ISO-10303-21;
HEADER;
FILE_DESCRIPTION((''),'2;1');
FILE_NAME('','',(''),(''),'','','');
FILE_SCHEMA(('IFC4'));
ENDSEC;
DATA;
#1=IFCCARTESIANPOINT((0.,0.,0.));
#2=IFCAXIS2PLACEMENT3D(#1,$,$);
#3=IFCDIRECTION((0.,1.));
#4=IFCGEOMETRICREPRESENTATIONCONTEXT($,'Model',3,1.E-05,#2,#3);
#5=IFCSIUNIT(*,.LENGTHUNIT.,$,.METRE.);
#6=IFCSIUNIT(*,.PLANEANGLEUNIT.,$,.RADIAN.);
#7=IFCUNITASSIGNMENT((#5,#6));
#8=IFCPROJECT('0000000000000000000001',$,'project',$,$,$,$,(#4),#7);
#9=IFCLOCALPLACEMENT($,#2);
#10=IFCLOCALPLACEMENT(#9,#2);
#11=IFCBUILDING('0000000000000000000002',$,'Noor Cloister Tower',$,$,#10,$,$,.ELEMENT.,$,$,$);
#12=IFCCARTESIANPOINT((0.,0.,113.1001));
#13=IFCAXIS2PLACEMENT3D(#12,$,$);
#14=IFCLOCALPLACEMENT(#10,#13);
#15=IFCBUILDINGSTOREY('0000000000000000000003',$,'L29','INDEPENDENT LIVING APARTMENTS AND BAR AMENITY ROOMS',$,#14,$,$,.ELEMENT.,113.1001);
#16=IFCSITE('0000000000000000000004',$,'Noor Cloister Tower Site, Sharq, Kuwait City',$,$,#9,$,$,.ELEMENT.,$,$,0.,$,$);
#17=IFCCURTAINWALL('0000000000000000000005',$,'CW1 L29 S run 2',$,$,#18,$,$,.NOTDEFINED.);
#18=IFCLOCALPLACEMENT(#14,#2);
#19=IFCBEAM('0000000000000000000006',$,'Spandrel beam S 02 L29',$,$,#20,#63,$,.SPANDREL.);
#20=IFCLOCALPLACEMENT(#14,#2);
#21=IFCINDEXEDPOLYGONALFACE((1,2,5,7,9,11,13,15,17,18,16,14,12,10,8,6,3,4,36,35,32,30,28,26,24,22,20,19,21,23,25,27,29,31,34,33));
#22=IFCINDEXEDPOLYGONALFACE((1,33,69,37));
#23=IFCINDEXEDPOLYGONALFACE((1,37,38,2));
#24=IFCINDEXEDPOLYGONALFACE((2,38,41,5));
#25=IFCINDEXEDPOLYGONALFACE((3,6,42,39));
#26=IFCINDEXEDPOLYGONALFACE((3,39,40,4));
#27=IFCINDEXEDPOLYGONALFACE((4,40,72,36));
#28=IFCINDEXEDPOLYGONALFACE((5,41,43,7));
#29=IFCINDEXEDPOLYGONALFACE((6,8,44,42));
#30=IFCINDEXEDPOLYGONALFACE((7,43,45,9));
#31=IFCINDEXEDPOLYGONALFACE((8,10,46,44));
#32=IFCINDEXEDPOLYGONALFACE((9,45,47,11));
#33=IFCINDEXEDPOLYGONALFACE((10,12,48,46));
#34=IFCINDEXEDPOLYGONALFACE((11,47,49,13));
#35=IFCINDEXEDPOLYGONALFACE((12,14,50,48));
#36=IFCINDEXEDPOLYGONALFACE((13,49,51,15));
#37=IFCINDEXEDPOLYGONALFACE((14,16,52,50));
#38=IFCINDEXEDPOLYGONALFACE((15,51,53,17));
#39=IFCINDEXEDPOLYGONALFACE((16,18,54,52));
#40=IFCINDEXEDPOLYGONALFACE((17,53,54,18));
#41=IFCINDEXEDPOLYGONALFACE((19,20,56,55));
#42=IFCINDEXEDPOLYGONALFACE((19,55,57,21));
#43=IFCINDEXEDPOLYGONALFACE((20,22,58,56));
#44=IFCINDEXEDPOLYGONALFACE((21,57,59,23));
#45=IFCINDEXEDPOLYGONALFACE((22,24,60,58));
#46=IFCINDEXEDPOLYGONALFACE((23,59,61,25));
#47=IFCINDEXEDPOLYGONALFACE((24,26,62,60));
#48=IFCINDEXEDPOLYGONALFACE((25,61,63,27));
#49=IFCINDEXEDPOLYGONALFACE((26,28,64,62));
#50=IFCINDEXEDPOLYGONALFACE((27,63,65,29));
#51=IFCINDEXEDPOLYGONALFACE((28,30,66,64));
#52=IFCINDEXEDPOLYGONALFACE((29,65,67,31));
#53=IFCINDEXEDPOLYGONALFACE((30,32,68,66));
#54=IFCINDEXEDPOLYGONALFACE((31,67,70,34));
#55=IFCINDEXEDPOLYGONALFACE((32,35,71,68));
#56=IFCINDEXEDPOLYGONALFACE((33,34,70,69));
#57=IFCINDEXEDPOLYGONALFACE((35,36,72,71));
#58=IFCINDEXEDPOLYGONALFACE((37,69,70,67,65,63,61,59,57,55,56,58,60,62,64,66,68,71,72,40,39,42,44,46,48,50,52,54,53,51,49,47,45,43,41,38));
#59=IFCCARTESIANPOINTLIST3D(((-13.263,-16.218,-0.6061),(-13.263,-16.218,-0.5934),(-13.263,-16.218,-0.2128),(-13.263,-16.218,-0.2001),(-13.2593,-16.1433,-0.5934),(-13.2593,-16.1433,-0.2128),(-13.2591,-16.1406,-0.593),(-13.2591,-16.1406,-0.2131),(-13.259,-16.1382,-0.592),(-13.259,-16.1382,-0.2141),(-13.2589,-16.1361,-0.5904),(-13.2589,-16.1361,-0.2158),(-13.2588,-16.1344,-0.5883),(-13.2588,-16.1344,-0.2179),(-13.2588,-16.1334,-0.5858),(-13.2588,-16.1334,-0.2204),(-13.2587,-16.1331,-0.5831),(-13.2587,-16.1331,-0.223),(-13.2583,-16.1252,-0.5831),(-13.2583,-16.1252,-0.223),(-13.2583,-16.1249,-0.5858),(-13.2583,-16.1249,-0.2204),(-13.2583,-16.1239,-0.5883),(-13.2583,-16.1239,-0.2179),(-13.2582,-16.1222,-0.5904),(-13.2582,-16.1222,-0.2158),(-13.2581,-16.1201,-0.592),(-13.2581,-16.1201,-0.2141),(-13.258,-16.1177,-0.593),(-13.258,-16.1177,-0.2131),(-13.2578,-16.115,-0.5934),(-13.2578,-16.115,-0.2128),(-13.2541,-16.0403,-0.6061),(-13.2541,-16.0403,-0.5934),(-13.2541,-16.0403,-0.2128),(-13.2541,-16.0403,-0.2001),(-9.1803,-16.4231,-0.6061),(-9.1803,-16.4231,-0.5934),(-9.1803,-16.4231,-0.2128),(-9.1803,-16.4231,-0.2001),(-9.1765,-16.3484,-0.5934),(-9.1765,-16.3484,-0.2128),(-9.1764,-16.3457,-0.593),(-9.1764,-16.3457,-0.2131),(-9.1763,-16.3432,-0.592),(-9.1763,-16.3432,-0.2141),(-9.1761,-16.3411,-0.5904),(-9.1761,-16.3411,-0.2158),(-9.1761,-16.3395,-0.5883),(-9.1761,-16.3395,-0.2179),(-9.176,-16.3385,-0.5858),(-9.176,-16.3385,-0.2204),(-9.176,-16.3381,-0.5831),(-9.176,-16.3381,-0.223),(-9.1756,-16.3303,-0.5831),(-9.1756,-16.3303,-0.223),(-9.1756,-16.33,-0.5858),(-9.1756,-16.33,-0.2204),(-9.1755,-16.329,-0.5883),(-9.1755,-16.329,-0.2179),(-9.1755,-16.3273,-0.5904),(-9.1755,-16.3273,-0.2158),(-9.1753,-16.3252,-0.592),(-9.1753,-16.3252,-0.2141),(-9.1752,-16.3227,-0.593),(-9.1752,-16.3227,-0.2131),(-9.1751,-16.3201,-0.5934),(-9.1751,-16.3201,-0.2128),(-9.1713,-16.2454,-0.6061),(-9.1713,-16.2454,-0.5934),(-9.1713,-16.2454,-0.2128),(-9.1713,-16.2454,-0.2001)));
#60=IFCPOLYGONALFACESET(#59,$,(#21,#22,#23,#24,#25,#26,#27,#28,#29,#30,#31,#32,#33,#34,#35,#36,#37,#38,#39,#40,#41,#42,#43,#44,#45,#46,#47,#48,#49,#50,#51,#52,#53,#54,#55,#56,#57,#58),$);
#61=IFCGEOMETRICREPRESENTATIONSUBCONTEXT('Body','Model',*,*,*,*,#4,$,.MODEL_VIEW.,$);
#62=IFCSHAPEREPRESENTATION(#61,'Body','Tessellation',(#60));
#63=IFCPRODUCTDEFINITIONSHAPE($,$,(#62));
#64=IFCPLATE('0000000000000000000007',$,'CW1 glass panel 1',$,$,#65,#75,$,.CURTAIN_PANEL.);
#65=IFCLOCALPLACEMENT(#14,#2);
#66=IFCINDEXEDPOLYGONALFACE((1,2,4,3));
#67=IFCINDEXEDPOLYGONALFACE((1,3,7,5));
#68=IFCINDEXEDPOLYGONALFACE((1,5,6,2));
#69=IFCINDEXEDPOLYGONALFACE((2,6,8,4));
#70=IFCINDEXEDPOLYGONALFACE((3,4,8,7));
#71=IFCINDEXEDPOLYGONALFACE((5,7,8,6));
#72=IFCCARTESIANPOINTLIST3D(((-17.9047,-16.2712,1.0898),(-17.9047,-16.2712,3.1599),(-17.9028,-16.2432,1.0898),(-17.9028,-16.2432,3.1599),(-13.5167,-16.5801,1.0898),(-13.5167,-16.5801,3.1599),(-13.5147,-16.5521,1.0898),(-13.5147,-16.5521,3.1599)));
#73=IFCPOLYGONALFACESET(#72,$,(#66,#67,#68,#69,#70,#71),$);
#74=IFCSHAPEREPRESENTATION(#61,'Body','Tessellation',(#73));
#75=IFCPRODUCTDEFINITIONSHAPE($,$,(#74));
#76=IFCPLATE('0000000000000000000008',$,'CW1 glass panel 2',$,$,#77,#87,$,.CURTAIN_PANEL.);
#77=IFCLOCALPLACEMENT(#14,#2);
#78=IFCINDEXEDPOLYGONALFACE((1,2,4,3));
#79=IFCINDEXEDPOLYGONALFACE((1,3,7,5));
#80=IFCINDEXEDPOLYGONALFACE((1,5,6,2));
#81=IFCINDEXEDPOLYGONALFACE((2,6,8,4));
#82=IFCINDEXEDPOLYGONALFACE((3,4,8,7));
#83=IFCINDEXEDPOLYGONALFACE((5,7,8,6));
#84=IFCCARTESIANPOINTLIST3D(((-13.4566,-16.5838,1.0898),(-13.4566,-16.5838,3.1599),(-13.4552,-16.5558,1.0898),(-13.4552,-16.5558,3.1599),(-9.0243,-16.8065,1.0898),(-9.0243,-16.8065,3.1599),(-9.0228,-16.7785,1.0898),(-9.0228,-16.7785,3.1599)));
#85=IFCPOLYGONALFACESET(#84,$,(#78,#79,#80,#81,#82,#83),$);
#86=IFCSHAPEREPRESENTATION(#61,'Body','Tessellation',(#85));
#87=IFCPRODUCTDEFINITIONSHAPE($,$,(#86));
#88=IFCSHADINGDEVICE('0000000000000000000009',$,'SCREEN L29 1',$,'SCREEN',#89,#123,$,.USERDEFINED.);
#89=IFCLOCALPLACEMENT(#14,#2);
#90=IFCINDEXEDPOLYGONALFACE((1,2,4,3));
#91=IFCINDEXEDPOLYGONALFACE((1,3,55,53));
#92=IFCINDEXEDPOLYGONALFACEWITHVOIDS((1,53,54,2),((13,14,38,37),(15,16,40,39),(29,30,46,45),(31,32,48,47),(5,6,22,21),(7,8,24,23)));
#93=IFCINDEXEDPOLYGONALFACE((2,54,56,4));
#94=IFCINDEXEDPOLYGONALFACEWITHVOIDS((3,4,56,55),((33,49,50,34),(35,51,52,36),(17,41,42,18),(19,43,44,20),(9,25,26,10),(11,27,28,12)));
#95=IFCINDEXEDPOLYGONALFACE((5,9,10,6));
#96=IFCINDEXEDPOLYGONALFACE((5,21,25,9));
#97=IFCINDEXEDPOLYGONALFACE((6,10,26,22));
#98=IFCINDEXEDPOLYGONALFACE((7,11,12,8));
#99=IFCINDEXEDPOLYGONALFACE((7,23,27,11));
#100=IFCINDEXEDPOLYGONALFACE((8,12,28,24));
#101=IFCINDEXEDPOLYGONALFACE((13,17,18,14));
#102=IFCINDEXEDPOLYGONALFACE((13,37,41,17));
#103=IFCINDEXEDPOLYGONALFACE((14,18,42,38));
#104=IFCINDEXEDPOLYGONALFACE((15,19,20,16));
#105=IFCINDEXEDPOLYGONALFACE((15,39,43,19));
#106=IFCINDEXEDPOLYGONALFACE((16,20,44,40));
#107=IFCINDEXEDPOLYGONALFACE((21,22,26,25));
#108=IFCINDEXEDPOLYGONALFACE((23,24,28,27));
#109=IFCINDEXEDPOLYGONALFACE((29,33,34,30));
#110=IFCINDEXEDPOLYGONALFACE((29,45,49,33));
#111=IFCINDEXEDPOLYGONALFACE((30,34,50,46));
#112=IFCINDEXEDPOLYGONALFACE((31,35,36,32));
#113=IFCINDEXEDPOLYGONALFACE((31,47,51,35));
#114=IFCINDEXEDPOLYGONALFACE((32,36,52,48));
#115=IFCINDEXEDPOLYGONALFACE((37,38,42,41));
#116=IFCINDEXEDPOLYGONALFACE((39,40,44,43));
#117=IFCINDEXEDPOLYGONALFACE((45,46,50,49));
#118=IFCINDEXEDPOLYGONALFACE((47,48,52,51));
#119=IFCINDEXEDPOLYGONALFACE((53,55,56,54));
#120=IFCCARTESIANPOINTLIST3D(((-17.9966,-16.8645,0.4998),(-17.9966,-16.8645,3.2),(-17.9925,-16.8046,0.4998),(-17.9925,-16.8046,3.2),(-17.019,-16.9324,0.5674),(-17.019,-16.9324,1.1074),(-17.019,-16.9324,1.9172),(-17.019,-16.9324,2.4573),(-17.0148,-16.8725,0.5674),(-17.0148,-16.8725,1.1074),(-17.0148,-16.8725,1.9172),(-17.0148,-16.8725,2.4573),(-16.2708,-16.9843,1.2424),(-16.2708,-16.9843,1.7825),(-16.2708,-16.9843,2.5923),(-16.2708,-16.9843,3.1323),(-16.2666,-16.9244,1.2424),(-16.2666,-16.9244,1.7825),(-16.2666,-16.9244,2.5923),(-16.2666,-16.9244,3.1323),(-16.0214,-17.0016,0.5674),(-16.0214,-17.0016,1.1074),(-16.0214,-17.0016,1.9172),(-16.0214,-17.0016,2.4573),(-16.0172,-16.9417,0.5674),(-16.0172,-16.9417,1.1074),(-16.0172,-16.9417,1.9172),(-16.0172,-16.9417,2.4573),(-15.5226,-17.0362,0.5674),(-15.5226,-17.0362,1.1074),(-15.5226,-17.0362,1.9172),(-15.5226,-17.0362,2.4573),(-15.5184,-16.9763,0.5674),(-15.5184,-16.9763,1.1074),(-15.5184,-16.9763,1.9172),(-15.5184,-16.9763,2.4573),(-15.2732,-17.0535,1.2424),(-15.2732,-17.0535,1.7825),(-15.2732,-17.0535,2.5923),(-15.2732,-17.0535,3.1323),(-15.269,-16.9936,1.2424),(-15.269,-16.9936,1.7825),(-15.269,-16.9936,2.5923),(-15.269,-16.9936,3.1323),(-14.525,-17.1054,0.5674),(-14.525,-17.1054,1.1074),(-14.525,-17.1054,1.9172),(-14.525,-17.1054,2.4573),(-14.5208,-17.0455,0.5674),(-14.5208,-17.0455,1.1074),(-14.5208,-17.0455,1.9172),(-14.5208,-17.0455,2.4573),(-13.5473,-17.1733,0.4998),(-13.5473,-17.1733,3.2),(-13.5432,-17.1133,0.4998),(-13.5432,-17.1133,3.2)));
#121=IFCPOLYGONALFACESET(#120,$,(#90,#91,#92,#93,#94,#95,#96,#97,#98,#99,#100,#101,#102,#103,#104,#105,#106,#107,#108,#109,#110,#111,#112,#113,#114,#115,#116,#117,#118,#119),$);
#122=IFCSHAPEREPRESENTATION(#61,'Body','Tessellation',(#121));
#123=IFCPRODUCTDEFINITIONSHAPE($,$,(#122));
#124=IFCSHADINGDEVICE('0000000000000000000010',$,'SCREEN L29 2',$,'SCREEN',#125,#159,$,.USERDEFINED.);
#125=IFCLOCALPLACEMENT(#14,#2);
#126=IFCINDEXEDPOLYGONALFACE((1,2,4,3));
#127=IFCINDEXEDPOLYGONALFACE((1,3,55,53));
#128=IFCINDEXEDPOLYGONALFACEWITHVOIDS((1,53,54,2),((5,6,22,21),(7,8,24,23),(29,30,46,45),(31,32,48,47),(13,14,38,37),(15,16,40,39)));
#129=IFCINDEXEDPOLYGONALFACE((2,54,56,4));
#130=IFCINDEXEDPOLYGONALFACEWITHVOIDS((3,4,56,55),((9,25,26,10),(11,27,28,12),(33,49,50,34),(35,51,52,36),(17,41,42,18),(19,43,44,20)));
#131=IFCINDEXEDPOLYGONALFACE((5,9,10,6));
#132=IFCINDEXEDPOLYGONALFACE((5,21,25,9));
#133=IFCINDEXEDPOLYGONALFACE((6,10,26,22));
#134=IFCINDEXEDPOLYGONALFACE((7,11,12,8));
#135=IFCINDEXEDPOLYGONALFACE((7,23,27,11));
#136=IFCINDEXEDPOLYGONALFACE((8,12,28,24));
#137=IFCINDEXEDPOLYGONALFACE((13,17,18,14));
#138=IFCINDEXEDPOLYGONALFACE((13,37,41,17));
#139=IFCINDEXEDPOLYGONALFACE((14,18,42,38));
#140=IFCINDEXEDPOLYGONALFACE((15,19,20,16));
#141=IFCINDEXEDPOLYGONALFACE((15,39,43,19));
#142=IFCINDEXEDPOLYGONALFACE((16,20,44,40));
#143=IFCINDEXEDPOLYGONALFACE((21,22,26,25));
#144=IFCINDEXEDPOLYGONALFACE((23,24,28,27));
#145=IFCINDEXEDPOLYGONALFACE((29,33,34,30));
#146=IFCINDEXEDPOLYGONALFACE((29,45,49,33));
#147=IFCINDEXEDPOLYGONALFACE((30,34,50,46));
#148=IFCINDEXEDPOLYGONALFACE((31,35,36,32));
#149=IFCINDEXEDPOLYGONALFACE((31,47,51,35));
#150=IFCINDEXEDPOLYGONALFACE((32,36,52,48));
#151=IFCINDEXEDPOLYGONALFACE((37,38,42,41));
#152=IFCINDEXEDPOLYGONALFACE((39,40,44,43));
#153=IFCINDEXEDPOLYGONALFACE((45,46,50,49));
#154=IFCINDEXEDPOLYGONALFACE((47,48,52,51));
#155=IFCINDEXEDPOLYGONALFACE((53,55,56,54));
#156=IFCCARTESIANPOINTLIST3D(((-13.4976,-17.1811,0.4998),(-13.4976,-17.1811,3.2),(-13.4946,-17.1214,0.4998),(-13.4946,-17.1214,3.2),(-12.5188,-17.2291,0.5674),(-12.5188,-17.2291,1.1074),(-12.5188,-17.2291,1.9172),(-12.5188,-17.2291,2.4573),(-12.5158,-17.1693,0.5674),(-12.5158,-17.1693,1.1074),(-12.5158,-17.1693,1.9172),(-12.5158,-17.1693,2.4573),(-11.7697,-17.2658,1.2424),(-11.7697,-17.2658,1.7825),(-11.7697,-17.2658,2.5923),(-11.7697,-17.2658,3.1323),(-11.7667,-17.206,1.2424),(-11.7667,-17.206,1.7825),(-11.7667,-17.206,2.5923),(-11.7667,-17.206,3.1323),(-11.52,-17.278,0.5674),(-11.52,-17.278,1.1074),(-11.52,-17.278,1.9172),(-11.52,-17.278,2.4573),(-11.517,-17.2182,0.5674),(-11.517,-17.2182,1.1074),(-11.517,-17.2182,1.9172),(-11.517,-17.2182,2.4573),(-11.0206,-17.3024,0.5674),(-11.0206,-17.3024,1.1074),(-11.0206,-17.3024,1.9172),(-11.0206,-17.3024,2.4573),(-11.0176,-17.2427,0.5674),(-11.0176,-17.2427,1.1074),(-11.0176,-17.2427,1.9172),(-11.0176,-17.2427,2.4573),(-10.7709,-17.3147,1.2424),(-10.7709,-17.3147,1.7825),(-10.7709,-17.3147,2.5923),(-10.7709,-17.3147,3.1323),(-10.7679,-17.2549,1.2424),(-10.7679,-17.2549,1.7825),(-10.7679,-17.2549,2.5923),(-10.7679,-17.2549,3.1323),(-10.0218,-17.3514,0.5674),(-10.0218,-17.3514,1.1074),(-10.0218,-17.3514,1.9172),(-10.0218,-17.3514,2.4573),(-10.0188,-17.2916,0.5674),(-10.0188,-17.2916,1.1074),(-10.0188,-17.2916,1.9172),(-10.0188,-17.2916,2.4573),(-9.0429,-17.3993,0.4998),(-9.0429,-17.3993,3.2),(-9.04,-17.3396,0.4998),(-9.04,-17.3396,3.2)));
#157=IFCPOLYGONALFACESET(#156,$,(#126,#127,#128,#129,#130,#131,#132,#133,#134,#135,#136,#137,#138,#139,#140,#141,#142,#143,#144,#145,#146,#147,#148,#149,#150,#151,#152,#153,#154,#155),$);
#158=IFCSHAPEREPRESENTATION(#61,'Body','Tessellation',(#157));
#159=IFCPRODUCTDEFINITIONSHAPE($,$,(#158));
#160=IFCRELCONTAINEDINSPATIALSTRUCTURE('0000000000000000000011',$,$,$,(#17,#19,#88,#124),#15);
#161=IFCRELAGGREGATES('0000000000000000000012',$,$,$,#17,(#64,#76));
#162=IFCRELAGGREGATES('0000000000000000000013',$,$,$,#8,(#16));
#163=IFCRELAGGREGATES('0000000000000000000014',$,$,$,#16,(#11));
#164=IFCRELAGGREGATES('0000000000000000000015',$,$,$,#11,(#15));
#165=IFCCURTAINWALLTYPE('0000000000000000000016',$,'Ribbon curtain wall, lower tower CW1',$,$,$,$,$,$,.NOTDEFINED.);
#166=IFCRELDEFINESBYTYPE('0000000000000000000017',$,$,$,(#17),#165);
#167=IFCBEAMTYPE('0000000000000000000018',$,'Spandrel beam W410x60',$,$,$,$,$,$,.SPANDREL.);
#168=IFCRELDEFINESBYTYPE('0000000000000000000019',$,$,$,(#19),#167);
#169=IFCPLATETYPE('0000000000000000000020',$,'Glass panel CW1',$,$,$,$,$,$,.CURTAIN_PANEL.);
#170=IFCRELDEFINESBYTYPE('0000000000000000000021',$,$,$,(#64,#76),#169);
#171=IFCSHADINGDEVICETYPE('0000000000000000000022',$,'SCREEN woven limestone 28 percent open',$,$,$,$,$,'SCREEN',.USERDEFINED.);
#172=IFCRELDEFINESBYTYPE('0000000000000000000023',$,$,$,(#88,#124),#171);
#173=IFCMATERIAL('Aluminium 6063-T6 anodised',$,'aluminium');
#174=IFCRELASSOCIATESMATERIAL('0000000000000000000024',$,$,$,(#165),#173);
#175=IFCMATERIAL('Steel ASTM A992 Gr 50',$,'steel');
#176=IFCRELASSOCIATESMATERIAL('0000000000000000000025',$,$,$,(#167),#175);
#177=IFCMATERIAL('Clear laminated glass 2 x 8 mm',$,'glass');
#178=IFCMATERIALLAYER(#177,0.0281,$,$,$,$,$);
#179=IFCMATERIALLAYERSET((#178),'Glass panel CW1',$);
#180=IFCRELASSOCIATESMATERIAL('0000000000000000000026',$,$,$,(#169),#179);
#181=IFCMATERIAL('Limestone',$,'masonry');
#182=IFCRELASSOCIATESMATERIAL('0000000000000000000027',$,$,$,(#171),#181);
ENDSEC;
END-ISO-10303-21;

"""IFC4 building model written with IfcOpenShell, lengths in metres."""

from ifc_helpers import new_model, si_unit, direction, frame, origin, origin_2d, place, context, subcontext, project, spatial, polyline, rectangle, i_section, outline, extrude, material, layer, layer_set, material_profile, profile_set, type_object, element, aggregate, save


model = new_model("IFC4")

# Units and contexts
model_context = context("Model", 3, precision=1e-05, world=origin(), true_north=direction((0.0, 1.0)))
body_context = subcontext(model_context, "Body", "Model", "MODEL_VIEW")
ifc_project = project(units=[si_unit("LENGTHUNIT", "METRE"), si_unit("PLANEANGLEUNIT", "RADIAN")], contexts=[model_context])

# Site, building, storey
site_placement = place(None, origin())
site = spatial("IfcSite", under=ifc_project, at=site_placement, Name="Noor Cloister Tower Site, Sharq, Kuwait City", CompositionType="ELEMENT", RefElevation=0.0)
building_placement = place(site_placement, origin())
building = spatial("IfcBuilding", under=site, at=building_placement, Name="Noor Cloister Tower", CompositionType="ELEMENT")
storey_placement = place(building_placement, frame((0.0, 0.0, 113.1001)))
storey = spatial("IfcBuildingStorey", under=building, at=storey_placement, Name="L29", Description="INDEPENDENT LIVING APARTMENTS AND BAR AMENITY ROOMS", CompositionType="ELEMENT", Elevation=113.1001)

# Shared definitions
ifc_material_1 = material(Name="Aluminium 6063-T6 anodised", Category="aluminium")
curtain_wall_type = type_object("IfcCurtainWallType", Name="Ribbon curtain wall, lower tower CW1", PredefinedType="NOTDEFINED", material=ifc_material_1)

# Curtain wall
curtain_wall_1_placement = place(storey_placement, origin())
curtain_wall_1 = element("IfcCurtainWall", 1, at=curtain_wall_1_placement, inside=storey, type_object=curtain_wall_type, Name="CW1 L29 S run 2", PredefinedType="NOTDEFINED")

# Beam
ifc_material_2 = material(Name="Steel ASTM A992 Gr 50", Category="steel")
ifc_material_profile_1 = material_profile(ifc_material_2, i_section(OverallWidth=0.178, OverallDepth=0.406, WebThickness=0.0078, FlangeThickness=0.0127, FilletRadius=0.0103, at=origin_2d()), Name="W410x60")
ifc_profile_set_1 = profile_set([ifc_material_profile_1], Name="Steel ASTM A992 Gr 50")
beam_type_1 = type_object("IfcBeamType", Name="Spandrel beam W410x60", PredefinedType="SPANDREL", material=ifc_profile_set_1)
for number, where, z_axis, x_axis, name in (
    (2, (-13.2585, -16.1292, -0.4031), (0.998741, -0.050167, 0.0), (0.050167, 0.998741, 0.0), "Spandrel beam S 02 L29"),
):
    element("IfcBeam", number, at=place(storey_placement, frame(where, z_axis=z_axis, x_axis=x_axis)), inside=storey, type_object=beam_type_1, Name=name, PredefinedType="SPANDREL", context=body_context, shape_type="SweptSolid", body=[
        extrude(i_section(OverallWidth=0.178, OverallDepth=0.406, WebThickness=0.0078, FlangeThickness=0.0127, FilletRadius=0.0103, at=origin_2d()), origin(), (0.0, 0.0, 1.0), 4.0879),
    ])

# Plates
ifc_material_3 = material(Name="Clear laminated glass 2 x 8 mm", Category="glass")
ifc_layer = layer(ifc_material_3, 0.0281)
ifc_layer_set = layer_set([ifc_layer], Name="Glass panel CW1")
plate_type = type_object("IfcPlateType", Name="Glass panel CW1", PredefinedType="CURTAIN_PANEL", material=ifc_layer_set)
plate_1_placement = place(storey_placement, frame((-15.7097, -16.4116, 1.0898), z_axis=(0.0, 0.0, 1.0), x_axis=(0.997532, -0.070218, 0.0)))
plate_1 = element("IfcPlate", 3, at=plate_1_placement, type_object=plate_type, Name="CW1 glass panel 1", PredefinedType="CURTAIN_PANEL", context=body_context, shape_type="SweptSolid", body=[
    extrude(rectangle(XDim=4.3989, YDim=0.0281, at=origin_2d()), origin(), (0.0, 0.0, 1.0), 2.0701),
])
plate_2_placement = place(storey_placement, frame((-11.2397, -16.6812, 1.0898), z_axis=(0.0, 0.0, 1.0), x_axis=(0.99874, -0.050176, 0.0)))
plate_2 = element("IfcPlate", 4, at=plate_2_placement, type_object=plate_type, Name="CW1 glass panel 2", PredefinedType="CURTAIN_PANEL", context=body_context, shape_type="SweptSolid", body=[
    extrude(rectangle(XDim=4.438, YDim=0.0281, at=origin_2d()), origin(), (0.0, 0.0, 1.0), 2.0701),
])
aggregate(curtain_wall_1, [plate_1, plate_2])

# Shading devices
ifc_material_4 = material(Name="Limestone", Category="masonry")
ifc_material_profile_2 = material_profile(ifc_material_4, outline(polyline([(-2.23, -1.3501), (2.23, -1.3501), (2.23, 1.3501), (-2.23, 1.3501), (-2.23, -1.3501)]), holes=[polyline([(-1.25, -1.2825), (-0.25, -1.2825), (-0.25, -0.7424), (-1.25, -0.7424), (-1.25, -1.2825)]), polyline([(0.25, -1.2825), (1.25, -1.2825), (1.25, -0.7424), (0.25, -0.7424), (0.25, -1.2825)]), polyline([(-0.5, -0.6074), (0.5, -0.6074), (0.5, -0.0674), (-0.5, -0.0674), (-0.5, -0.6074)]), polyline([(-1.25, 0.0674), (-0.25, 0.0674), (-0.25, 0.6074), (-1.25, 0.6074), (-1.25, 0.0674)]), polyline([(0.25, 0.0674), (1.25, 0.0674), (1.25, 0.6074), (0.25, 0.6074), (0.25, 0.0674)]), polyline([(-0.5, 0.7424), (0.5, 0.7424), (0.5, 1.2825), (-0.5, 1.2825), (-0.5, 0.7424)])]), Name="Woven screen 28 percent open")
ifc_profile_set_2 = profile_set([ifc_material_profile_2], Name="Limestone")
shading_device_type = type_object("IfcShadingDeviceType", Name="SCREEN woven limestone 28 percent open", ElementType="SCREEN", PredefinedType="USERDEFINED", material=ifc_profile_set_2)
shading_device_1_placement = place(storey_placement, frame((-15.7678, -16.959, 1.8499), z_axis=(-0.069221, -0.997601, 0.0), x_axis=(0.997601, -0.069221, 0.0)))
element("IfcShadingDevice", 5, at=shading_device_1_placement, inside=storey, type_object=shading_device_type, Name="SCREEN L29 1", ObjectType="SCREEN", PredefinedType="USERDEFINED", context=body_context, shape_type="SweptSolid", body=[
    extrude(outline(polyline([(-2.23, -1.3501), (2.23, -1.3501), (2.23, 1.3501), (-2.23, 1.3501), (-2.23, -1.3501)]), holes=[polyline([(-1.25, -1.2825), (-0.25, -1.2825), (-0.25, -0.7424), (-1.25, -0.7424), (-1.25, -1.2825)]), polyline([(0.25, -1.2825), (1.25, -1.2825), (1.25, -0.7424), (0.25, -0.7424), (0.25, -1.2825)]), polyline([(-0.5, -0.6074), (0.5, -0.6074), (0.5, -0.0674), (-0.5, -0.0674), (-0.5, -0.6074)]), polyline([(-1.25, 0.0674), (-0.25, 0.0674), (-0.25, 0.6074), (-1.25, 0.6074), (-1.25, 0.0674)]), polyline([(0.25, 0.0674), (1.25, 0.0674), (1.25, 0.6074), (0.25, 0.6074), (0.25, 0.0674)]), polyline([(-0.5, 0.7424), (0.5, 0.7424), (0.5, 1.2825), (-0.5, 1.2825), (-0.5, 0.7424)])]), origin(), (0.0, 0.0, 1.0), 0.0601),
])
shading_device_2_placement = place(storey_placement, frame((-11.2673, -17.2305, 1.8499), z_axis=(-0.048921, -0.998803, 0.0), x_axis=(0.998803, -0.048921, 0.0)))
element("IfcShadingDevice", 6, at=shading_device_2_placement, inside=storey, type_object=shading_device_type, Name="SCREEN L29 2", ObjectType="SCREEN", PredefinedType="USERDEFINED", context=body_context, shape_type="SweptSolid", body=[
    extrude(outline(polyline([(-2.23, -1.3501), (2.23, -1.3501), (2.23, 1.3501), (-2.23, 1.3501), (-2.23, -1.3501)]), holes=[polyline([(-1.25, -1.2825), (-0.25, -1.2825), (-0.25, -0.7424), (-1.25, -0.7424), (-1.25, -1.2825)]), polyline([(0.25, -1.2825), (1.25, -1.2825), (1.25, -0.7424), (0.25, -0.7424), (0.25, -1.2825)]), polyline([(-0.5, -0.6074), (0.5, -0.6074), (0.5, -0.0674), (-0.5, -0.0674), (-0.5, -0.6074)]), polyline([(-1.25, 0.0674), (-0.25, 0.0674), (-0.25, 0.6074), (-1.25, 0.6074), (-1.25, 0.0674)]), polyline([(0.25, 0.0674), (1.25, 0.0674), (1.25, 0.6074), (0.25, 0.6074), (0.25, 0.0674)]), polyline([(-0.5, 0.7424), (0.5, 0.7424), (0.5, 1.2825), (-0.5, 1.2825), (-0.5, 0.7424)])]), origin(), (0.0, 0.0, 1.0), 0.0598),
])

save(model, "model.ifc")
